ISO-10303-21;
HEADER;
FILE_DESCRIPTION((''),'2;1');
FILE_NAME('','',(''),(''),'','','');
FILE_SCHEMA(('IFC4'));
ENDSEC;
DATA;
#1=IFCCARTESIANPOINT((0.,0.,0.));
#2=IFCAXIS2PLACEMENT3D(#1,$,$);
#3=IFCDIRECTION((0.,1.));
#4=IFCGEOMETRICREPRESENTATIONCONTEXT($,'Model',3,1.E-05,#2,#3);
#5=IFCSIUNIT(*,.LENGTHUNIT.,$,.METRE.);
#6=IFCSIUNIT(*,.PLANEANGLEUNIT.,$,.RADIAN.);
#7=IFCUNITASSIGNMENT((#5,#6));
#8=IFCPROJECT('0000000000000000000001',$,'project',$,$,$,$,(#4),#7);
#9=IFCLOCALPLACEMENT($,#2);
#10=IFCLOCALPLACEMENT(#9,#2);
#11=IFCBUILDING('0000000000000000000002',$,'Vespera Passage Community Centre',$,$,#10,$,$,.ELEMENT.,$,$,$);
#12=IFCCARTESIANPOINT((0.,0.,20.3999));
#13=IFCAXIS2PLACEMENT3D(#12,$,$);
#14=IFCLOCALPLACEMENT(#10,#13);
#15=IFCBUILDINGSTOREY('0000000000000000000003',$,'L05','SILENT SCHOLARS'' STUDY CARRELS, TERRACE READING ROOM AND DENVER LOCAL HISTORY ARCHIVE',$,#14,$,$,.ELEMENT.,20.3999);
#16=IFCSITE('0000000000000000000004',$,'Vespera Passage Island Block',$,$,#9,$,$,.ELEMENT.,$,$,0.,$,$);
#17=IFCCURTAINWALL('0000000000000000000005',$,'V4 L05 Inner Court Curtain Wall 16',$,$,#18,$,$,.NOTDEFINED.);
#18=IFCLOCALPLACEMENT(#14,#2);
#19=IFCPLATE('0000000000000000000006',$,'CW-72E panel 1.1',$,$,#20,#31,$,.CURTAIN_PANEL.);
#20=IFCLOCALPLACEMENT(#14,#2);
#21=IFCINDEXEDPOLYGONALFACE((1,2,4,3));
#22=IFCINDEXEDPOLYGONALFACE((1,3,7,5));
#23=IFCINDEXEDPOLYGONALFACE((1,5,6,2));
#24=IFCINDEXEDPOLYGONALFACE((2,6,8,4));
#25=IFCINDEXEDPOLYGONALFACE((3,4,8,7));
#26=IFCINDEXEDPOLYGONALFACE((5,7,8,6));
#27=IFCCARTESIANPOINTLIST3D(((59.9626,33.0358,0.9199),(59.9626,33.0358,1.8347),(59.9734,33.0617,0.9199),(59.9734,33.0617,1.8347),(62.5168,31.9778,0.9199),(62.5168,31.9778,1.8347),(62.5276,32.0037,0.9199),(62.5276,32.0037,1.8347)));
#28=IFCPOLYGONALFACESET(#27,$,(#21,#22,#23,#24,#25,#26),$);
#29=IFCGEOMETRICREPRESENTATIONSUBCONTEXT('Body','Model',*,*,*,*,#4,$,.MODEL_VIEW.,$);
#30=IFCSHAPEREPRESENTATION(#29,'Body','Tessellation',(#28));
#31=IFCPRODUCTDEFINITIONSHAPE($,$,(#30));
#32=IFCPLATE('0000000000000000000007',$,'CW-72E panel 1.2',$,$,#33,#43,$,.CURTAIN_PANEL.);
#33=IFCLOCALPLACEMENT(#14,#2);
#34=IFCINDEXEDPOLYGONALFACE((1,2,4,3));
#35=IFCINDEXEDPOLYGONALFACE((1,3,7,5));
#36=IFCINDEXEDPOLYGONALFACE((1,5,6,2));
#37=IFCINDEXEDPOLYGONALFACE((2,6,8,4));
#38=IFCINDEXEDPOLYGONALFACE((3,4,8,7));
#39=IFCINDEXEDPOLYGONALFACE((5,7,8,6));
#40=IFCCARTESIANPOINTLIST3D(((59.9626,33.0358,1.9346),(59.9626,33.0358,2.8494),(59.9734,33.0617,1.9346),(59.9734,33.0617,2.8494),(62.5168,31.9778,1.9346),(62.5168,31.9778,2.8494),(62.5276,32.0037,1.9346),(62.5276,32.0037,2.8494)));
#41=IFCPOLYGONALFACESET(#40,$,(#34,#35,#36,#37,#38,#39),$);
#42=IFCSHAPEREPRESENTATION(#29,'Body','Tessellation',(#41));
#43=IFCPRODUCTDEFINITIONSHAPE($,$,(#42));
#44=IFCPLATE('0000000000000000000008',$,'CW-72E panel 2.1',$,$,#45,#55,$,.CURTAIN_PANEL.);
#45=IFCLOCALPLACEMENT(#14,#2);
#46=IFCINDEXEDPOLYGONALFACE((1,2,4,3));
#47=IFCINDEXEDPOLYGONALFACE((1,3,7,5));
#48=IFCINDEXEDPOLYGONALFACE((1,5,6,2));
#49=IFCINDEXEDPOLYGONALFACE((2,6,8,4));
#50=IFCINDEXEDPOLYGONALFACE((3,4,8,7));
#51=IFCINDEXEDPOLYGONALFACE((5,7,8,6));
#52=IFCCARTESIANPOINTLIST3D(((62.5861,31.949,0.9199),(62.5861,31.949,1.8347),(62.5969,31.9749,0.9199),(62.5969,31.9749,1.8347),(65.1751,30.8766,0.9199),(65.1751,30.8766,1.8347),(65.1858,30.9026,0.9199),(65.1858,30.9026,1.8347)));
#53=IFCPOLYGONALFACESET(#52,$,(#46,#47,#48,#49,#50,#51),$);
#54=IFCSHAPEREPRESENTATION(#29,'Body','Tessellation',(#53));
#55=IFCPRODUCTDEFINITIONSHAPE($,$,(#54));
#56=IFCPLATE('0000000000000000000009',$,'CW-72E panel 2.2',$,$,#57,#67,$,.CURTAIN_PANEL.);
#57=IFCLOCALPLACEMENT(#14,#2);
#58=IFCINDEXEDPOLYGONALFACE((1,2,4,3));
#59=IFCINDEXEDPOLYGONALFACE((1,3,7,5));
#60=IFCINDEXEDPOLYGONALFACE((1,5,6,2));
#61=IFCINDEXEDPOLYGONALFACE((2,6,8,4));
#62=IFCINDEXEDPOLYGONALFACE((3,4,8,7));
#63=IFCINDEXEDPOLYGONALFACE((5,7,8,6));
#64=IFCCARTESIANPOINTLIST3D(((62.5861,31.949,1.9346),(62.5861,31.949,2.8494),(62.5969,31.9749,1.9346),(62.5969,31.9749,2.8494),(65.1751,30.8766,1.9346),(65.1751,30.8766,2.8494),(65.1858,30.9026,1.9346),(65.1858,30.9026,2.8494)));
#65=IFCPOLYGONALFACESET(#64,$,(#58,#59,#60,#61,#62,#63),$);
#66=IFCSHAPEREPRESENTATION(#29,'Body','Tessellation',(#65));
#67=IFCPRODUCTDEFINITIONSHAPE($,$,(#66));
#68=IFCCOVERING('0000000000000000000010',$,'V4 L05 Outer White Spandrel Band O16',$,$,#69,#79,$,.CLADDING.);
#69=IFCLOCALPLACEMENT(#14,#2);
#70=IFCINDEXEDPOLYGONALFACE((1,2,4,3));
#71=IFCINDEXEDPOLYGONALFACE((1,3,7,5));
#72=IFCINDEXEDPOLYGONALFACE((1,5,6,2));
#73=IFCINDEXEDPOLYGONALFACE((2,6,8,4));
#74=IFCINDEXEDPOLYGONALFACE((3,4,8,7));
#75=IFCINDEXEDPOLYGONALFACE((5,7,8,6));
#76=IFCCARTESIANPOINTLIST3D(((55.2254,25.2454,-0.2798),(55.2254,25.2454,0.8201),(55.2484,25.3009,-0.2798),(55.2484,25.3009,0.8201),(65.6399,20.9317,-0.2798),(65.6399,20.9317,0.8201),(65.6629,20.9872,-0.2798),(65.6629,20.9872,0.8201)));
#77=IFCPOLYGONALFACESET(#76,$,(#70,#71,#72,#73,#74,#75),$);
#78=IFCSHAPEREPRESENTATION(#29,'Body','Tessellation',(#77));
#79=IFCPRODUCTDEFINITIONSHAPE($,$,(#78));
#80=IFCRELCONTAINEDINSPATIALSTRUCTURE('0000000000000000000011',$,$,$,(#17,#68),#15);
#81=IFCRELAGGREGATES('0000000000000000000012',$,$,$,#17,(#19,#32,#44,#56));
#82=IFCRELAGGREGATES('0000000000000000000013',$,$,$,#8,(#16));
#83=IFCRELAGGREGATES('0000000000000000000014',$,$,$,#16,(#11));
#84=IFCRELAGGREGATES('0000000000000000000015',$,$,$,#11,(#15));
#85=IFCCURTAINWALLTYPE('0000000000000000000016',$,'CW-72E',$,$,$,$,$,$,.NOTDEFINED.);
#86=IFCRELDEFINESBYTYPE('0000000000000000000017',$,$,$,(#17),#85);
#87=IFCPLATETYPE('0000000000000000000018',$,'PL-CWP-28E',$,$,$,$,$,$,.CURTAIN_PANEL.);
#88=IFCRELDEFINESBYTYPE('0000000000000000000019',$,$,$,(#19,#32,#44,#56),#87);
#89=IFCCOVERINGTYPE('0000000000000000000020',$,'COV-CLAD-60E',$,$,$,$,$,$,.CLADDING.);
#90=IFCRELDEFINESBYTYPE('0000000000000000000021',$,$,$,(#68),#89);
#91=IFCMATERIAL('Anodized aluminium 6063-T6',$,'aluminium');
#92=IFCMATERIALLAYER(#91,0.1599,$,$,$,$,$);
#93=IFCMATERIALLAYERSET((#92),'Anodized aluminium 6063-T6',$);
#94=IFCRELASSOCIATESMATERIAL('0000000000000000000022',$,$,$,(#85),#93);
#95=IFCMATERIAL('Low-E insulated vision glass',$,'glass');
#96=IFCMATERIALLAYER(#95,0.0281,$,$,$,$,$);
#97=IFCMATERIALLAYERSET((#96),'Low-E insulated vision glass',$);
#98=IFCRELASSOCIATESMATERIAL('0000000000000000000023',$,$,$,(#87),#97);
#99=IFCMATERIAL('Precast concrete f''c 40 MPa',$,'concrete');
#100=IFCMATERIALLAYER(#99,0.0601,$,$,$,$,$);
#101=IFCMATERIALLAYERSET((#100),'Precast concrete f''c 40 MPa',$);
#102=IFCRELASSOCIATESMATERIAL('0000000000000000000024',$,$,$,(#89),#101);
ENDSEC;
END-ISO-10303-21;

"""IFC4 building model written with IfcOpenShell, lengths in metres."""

from ifc_helpers import new_model, si_unit, direction, frame, frame_2d, origin, origin_2d, place, context, subcontext, project, spatial, rectangle, extrude, material, layer, layer_set, type_object, element, aggregate, save


model = new_model("IFC4")

# Units and contexts
model_context = context("Model", 3, precision=1e-05, world=origin(), true_north=direction((0.0, 1.0)))
body_context = subcontext(model_context, "Body", "Model", "MODEL_VIEW")
ifc_project = project(units=[si_unit("LENGTHUNIT", "METRE"), si_unit("PLANEANGLEUNIT", "RADIAN")], contexts=[model_context])

# Site, building, storey
site_placement = place(None, origin())
site = spatial("IfcSite", under=ifc_project, at=site_placement, Name="Vespera Passage Island Block", CompositionType="ELEMENT", RefElevation=0.0)
building_placement = place(site_placement, origin())
building = spatial("IfcBuilding", under=site, at=building_placement, Name="Vespera Passage Community Centre", CompositionType="ELEMENT")
storey_placement = place(building_placement, frame((0.0, 0.0, 20.3999)))
storey = spatial("IfcBuildingStorey", under=building, at=storey_placement, Name="L05", Description="SILENT SCHOLARS' STUDY CARRELS, TERRACE READING ROOM AND DENVER LOCAL HISTORY ARCHIVE", CompositionType="ELEMENT", Elevation=20.3999)

# Curtain wall
ifc_material_1 = material(Name="Anodized aluminium 6063-T6", Category="aluminium")
ifc_layer_1 = layer(ifc_material_1, 0.1599)
ifc_layer_set_1 = layer_set([ifc_layer_1], Name="Anodized aluminium 6063-T6")
curtain_wall_type_1 = type_object("IfcCurtainWallType", Name="CW-72E", PredefinedType="NOTDEFINED", material=ifc_layer_set_1)
curtain_wall_1_placement = place(storey_placement, origin())
curtain_wall_1 = element("IfcCurtainWall", 1, at=curtain_wall_1_placement, inside=storey, type_object=curtain_wall_type_1, Name="V4 L05 Inner Court Curtain Wall 16", PredefinedType="NOTDEFINED")

# Plates
ifc_material_2 = material(Name="Low-E insulated vision glass", Category="glass")
ifc_layer_2 = layer(ifc_material_2, 0.0281)
ifc_layer_set_2 = layer_set([ifc_layer_2], Name="Low-E insulated vision glass")
plate_type = type_object("IfcPlateType", Name="PL-CWP-28E", PredefinedType="CURTAIN_PANEL", material=ifc_layer_set_2)
plate_1_placement = place(storey_placement, frame((61.2451, 32.5198, 0.9199), z_axis=(0.0, 0.0, 1.0), x_axis=(0.923877, -0.38269, 0.0)))
plate_1 = element("IfcPlate", 2, at=plate_1_placement, type_object=plate_type, Name="CW-72E panel 1.1", PredefinedType="CURTAIN_PANEL", context=body_context, shape_type="SweptSolid", body=[
    extrude(rectangle(XDim=2.7646, YDim=0.0281, at=origin_2d()), origin(), (0.0, 0.0, 1.0), 0.9148),
])
plate_2_placement = place(storey_placement, frame((61.2451, 32.5198, 1.9346), z_axis=(0.0, 0.0, 1.0), x_axis=(0.923877, -0.38269, 0.0)))
plate_2 = element("IfcPlate", 3, at=plate_2_placement, type_object=plate_type, Name="CW-72E panel 1.2", PredefinedType="CURTAIN_PANEL", context=body_context, shape_type="SweptSolid", body=[
    extrude(rectangle(XDim=2.7646, YDim=0.0281, at=origin_2d()), origin(), (0.0, 0.0, 1.0), 0.9148),
])
plate_3_placement = place(storey_placement, frame((63.886, 31.4258, 0.9199), z_axis=(0.0, 0.0, 1.0), x_axis=(0.923877, -0.38269, 0.0)))
plate_3 = element("IfcPlate", 4, at=plate_3_placement, type_object=plate_type, Name="CW-72E panel 2.1", PredefinedType="CURTAIN_PANEL", context=body_context, shape_type="SweptSolid", body=[
    extrude(rectangle(XDim=2.8022, YDim=0.0281, at=origin_2d()), origin(), (0.0, 0.0, 1.0), 0.9148),
])
plate_4_placement = place(storey_placement, frame((63.886, 31.4258, 1.9346), z_axis=(0.0, 0.0, 1.0), x_axis=(0.923877, -0.38269, 0.0)))
plate_4 = element("IfcPlate", 5, at=plate_4_placement, type_object=plate_type, Name="CW-72E panel 2.2", PredefinedType="CURTAIN_PANEL", context=body_context, shape_type="SweptSolid", body=[
    extrude(rectangle(XDim=2.8022, YDim=0.0281, at=origin_2d()), origin(), (0.0, 0.0, 1.0), 0.9148),
])
aggregate(curtain_wall_1, [plate_1, plate_2, plate_3, plate_4])

# Covering
ifc_material_3 = material(Name="Precast concrete f'c 40 MPa", Category="concrete")
ifc_layer_3 = layer(ifc_material_3, 0.0601)
ifc_layer_set_3 = layer_set([ifc_layer_3], Name="Precast concrete f'c 40 MPa")
covering_type = type_object("IfcCoveringType", Name="COV-CLAD-60E", PredefinedType="CLADDING", material=ifc_layer_set_3)
covering_placement = place(storey_placement, frame((65.6514, 20.9595, -0.2798), z_axis=(0.0, 0.0, 1.0), x_axis=(-0.923884, 0.382674, 0.0)))
element("IfcCovering", 6, at=covering_placement, inside=storey, type_object=covering_type, Name="V4 L05 Outer White Spandrel Band O16", PredefinedType="CLADDING", context=body_context, shape_type="SweptSolid", body=[
    extrude(rectangle(XDim=11.2725, YDim=0.0601, at=frame_2d((5.6362, 0.0))), origin(), (0.0, 0.0, 1.0), 1.0999),
])

save(model, "model.ifc")
